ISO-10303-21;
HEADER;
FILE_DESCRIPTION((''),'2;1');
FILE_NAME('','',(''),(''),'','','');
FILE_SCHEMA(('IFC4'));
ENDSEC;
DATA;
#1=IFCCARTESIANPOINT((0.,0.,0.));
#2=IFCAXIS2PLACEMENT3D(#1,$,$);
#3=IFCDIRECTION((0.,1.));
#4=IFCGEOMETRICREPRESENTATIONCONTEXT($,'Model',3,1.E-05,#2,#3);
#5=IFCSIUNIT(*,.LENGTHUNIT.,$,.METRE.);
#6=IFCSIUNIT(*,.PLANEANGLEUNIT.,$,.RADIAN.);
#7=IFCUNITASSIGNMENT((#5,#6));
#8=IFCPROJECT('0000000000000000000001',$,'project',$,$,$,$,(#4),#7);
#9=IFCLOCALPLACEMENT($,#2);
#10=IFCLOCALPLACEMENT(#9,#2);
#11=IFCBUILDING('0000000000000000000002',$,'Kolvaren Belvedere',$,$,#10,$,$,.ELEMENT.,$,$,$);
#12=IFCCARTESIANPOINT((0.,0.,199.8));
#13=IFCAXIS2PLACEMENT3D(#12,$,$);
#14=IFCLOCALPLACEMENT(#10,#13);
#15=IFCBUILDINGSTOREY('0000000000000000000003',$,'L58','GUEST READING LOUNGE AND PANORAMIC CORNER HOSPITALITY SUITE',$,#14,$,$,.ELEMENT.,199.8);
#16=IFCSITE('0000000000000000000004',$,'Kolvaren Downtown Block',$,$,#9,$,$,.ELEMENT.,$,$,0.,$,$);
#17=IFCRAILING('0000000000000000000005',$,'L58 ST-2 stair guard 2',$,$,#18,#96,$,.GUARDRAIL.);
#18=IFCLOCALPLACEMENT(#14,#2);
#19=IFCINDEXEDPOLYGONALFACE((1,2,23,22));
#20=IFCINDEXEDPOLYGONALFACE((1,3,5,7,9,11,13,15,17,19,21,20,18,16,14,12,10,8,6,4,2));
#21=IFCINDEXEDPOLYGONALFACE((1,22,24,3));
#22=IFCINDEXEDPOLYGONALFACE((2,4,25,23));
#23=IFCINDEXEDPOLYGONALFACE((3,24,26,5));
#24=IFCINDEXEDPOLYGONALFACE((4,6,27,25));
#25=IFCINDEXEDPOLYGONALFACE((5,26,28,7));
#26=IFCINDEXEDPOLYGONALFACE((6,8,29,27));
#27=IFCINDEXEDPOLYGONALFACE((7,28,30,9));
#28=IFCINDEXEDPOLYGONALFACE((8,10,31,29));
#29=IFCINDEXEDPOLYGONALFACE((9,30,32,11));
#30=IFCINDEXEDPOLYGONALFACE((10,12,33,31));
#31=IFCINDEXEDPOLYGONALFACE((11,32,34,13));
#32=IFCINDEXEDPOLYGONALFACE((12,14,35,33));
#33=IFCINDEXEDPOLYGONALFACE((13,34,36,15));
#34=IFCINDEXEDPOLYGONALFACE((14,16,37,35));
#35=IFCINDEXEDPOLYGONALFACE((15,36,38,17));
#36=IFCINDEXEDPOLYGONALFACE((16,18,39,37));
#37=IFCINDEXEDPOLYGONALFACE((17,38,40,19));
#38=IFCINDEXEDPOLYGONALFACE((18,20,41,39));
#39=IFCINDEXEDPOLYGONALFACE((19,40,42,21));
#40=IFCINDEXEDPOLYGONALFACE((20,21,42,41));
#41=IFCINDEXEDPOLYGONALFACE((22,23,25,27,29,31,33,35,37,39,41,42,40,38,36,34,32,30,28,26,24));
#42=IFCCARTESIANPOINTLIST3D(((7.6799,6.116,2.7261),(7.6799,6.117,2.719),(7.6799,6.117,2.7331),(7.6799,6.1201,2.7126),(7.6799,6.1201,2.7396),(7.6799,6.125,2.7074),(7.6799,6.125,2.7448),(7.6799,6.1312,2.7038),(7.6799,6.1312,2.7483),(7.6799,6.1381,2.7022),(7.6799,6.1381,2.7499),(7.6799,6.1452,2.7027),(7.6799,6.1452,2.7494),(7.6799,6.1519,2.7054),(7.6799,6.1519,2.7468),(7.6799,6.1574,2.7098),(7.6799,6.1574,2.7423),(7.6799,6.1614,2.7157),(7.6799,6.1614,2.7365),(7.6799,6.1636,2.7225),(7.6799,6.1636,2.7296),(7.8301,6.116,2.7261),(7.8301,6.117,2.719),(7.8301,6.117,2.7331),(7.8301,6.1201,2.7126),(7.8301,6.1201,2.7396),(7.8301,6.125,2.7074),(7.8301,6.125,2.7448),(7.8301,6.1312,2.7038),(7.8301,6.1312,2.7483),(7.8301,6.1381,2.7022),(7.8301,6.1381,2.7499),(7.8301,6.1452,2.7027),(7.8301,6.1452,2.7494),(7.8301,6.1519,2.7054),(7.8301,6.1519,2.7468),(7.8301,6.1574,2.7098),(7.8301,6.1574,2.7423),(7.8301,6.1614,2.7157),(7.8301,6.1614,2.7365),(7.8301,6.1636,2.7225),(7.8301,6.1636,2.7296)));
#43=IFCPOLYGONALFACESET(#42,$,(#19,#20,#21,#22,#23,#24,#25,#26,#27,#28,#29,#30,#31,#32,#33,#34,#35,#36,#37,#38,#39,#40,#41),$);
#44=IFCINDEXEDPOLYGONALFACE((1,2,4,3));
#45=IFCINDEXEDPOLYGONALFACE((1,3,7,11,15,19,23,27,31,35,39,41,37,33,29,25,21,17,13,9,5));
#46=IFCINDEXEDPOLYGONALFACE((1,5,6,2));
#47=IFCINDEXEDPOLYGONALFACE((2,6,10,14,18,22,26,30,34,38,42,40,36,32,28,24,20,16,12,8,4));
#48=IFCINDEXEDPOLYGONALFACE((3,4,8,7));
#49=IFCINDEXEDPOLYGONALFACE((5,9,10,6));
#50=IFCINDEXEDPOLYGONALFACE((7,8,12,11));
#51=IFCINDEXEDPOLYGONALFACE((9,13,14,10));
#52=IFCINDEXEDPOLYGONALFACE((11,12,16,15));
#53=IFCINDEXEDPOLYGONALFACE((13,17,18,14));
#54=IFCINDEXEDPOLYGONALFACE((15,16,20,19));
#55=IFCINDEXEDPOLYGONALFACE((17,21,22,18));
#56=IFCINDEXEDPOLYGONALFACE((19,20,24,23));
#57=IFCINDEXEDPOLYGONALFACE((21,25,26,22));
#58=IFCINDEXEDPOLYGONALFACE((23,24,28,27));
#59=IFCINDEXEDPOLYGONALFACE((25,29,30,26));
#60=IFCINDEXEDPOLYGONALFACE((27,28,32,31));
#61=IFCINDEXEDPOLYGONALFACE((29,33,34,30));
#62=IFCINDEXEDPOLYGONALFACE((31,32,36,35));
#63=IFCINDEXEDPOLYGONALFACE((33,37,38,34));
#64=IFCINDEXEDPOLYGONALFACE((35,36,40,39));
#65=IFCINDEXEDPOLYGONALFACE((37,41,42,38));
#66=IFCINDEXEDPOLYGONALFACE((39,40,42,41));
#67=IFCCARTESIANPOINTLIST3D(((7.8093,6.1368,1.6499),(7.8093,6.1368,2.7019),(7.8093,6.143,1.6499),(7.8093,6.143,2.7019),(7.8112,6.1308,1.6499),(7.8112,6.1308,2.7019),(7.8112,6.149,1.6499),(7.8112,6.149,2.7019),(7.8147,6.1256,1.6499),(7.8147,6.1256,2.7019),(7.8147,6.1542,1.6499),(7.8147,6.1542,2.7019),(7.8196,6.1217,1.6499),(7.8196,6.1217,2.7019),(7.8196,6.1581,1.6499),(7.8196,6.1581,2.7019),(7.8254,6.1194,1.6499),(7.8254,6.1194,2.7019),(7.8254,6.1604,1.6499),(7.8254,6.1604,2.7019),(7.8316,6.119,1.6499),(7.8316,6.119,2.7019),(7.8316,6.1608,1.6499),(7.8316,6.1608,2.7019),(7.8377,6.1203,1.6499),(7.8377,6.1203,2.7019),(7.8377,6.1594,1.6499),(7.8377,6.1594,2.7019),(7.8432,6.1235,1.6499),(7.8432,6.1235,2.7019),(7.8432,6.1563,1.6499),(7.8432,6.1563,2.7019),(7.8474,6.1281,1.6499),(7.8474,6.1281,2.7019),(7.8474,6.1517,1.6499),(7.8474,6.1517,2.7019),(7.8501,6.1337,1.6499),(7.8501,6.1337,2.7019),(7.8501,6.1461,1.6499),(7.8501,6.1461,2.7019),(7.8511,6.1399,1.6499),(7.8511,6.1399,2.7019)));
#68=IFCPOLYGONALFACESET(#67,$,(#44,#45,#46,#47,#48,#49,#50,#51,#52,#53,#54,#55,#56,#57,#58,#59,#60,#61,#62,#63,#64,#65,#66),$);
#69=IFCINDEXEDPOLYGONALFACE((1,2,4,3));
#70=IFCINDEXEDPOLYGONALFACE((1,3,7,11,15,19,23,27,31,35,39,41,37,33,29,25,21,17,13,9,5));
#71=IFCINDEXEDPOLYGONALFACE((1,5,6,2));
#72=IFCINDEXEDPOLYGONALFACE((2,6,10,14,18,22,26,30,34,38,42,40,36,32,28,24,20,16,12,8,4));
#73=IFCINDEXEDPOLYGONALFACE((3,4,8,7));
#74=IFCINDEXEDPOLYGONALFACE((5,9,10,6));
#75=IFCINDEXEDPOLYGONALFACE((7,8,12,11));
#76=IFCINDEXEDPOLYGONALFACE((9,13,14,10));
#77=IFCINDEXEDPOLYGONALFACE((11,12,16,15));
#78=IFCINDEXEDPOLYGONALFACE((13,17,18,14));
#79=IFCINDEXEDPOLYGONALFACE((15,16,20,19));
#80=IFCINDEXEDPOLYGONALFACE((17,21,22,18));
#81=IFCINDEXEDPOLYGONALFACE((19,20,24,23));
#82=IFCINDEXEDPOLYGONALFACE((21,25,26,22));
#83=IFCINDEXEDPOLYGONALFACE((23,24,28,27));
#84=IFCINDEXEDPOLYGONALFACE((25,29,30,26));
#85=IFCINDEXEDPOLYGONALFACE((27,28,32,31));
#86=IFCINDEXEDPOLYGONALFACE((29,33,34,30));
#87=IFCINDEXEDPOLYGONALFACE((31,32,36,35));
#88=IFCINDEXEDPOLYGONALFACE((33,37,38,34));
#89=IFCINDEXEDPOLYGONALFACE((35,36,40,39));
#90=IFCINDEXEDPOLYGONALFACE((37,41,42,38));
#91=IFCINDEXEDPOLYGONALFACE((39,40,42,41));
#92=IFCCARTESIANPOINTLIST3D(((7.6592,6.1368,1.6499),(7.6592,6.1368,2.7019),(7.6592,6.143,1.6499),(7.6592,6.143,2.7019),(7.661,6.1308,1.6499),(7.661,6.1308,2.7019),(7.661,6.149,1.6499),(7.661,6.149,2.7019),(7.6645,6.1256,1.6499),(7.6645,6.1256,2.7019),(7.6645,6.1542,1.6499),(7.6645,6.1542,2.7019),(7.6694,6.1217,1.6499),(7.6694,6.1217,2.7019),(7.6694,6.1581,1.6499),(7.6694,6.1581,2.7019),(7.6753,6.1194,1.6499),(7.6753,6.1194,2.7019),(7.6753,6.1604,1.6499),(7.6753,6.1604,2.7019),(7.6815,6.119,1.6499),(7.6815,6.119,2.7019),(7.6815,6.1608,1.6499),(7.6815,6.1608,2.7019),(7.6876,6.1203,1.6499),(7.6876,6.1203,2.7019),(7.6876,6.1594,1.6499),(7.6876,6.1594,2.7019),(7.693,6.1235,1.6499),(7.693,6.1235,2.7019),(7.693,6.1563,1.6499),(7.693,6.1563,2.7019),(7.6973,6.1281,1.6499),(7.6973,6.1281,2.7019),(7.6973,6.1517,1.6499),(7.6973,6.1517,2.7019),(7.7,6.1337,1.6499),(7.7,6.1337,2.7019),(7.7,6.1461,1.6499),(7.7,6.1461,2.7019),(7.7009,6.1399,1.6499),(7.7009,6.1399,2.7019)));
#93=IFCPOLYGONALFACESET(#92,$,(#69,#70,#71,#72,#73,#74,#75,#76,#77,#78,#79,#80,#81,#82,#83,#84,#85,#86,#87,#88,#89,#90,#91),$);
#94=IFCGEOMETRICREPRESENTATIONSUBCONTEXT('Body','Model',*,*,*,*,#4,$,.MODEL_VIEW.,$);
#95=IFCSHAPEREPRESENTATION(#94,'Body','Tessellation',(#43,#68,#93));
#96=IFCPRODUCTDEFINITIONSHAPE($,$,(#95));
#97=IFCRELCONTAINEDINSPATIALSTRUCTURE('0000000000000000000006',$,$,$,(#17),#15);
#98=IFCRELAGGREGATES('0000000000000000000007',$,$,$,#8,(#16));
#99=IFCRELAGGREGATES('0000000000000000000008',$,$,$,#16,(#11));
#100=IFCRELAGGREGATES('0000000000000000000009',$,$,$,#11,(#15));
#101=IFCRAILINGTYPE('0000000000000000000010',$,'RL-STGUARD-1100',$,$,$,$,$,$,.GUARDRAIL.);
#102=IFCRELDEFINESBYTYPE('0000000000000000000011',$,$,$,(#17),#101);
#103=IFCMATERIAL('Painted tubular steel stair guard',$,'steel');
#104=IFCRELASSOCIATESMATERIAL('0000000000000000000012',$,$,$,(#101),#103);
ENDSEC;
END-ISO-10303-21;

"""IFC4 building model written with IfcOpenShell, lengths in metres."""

from ifc_helpers import new_model, si_unit, direction, frame, origin, origin_2d, place, context, subcontext, project, spatial, circle, extrude, material, type_object, element, save


model = new_model("IFC4")

# Units and contexts
model_context = context("Model", 3, precision=1e-05, world=origin(), true_north=direction((0.0, 1.0)))
body_context = subcontext(model_context, "Body", "Model", "MODEL_VIEW")
ifc_project = project(units=[si_unit("LENGTHUNIT", "METRE"), si_unit("PLANEANGLEUNIT", "RADIAN")], contexts=[model_context])

# Site, building, storey
site_placement = place(None, origin())
site = spatial("IfcSite", under=ifc_project, at=site_placement, Name="Kolvaren Downtown Block", CompositionType="ELEMENT", RefElevation=0.0)
building_placement = place(site_placement, origin())
building = spatial("IfcBuilding", under=site, at=building_placement, Name="Kolvaren Belvedere", CompositionType="ELEMENT")
storey_placement = place(building_placement, frame((0.0, 0.0, 199.8)))
storey = spatial("IfcBuildingStorey", under=building, at=storey_placement, Name="L58", Description="GUEST READING LOUNGE AND PANORAMIC CORNER HOSPITALITY SUITE", CompositionType="ELEMENT", Elevation=199.8)

# Railing
ifc_material_1 = material(Name="Painted tubular steel stair guard", Category="steel")
railing_type_1 = type_object("IfcRailingType", Name="RL-STGUARD-1100", PredefinedType="GUARDRAIL", material=ifc_material_1)
railing_1_placement = place(storey_placement, frame((7.8301, 6.1399, 1.6499)))
element("IfcRailing", 1, at=railing_1_placement, inside=storey, type_object=railing_type_1, Name="L58 ST-2 stair guard 2", PredefinedType="GUARDRAIL", context=body_context, shape_type="SweptSolid", body=[
    extrude(circle(Radius=0.0239, at=origin_2d()), frame((0.0, 0.0, 1.0762), z_axis=(-1.0, 0.0, 0.0), x_axis=(0.0, -1.0, 0.0)), (0.0, 0.0, 1.0), 0.1501),
    extrude(circle(Radius=0.021, at=origin_2d()), origin(), (0.0, 0.0, 1.0), 1.052),
    extrude(circle(Radius=0.021, at=origin_2d()), frame((-0.1501, 0.0, 0.0)), (0.0, 0.0, 1.0), 1.052),
])

save(model, "model.ifc")
